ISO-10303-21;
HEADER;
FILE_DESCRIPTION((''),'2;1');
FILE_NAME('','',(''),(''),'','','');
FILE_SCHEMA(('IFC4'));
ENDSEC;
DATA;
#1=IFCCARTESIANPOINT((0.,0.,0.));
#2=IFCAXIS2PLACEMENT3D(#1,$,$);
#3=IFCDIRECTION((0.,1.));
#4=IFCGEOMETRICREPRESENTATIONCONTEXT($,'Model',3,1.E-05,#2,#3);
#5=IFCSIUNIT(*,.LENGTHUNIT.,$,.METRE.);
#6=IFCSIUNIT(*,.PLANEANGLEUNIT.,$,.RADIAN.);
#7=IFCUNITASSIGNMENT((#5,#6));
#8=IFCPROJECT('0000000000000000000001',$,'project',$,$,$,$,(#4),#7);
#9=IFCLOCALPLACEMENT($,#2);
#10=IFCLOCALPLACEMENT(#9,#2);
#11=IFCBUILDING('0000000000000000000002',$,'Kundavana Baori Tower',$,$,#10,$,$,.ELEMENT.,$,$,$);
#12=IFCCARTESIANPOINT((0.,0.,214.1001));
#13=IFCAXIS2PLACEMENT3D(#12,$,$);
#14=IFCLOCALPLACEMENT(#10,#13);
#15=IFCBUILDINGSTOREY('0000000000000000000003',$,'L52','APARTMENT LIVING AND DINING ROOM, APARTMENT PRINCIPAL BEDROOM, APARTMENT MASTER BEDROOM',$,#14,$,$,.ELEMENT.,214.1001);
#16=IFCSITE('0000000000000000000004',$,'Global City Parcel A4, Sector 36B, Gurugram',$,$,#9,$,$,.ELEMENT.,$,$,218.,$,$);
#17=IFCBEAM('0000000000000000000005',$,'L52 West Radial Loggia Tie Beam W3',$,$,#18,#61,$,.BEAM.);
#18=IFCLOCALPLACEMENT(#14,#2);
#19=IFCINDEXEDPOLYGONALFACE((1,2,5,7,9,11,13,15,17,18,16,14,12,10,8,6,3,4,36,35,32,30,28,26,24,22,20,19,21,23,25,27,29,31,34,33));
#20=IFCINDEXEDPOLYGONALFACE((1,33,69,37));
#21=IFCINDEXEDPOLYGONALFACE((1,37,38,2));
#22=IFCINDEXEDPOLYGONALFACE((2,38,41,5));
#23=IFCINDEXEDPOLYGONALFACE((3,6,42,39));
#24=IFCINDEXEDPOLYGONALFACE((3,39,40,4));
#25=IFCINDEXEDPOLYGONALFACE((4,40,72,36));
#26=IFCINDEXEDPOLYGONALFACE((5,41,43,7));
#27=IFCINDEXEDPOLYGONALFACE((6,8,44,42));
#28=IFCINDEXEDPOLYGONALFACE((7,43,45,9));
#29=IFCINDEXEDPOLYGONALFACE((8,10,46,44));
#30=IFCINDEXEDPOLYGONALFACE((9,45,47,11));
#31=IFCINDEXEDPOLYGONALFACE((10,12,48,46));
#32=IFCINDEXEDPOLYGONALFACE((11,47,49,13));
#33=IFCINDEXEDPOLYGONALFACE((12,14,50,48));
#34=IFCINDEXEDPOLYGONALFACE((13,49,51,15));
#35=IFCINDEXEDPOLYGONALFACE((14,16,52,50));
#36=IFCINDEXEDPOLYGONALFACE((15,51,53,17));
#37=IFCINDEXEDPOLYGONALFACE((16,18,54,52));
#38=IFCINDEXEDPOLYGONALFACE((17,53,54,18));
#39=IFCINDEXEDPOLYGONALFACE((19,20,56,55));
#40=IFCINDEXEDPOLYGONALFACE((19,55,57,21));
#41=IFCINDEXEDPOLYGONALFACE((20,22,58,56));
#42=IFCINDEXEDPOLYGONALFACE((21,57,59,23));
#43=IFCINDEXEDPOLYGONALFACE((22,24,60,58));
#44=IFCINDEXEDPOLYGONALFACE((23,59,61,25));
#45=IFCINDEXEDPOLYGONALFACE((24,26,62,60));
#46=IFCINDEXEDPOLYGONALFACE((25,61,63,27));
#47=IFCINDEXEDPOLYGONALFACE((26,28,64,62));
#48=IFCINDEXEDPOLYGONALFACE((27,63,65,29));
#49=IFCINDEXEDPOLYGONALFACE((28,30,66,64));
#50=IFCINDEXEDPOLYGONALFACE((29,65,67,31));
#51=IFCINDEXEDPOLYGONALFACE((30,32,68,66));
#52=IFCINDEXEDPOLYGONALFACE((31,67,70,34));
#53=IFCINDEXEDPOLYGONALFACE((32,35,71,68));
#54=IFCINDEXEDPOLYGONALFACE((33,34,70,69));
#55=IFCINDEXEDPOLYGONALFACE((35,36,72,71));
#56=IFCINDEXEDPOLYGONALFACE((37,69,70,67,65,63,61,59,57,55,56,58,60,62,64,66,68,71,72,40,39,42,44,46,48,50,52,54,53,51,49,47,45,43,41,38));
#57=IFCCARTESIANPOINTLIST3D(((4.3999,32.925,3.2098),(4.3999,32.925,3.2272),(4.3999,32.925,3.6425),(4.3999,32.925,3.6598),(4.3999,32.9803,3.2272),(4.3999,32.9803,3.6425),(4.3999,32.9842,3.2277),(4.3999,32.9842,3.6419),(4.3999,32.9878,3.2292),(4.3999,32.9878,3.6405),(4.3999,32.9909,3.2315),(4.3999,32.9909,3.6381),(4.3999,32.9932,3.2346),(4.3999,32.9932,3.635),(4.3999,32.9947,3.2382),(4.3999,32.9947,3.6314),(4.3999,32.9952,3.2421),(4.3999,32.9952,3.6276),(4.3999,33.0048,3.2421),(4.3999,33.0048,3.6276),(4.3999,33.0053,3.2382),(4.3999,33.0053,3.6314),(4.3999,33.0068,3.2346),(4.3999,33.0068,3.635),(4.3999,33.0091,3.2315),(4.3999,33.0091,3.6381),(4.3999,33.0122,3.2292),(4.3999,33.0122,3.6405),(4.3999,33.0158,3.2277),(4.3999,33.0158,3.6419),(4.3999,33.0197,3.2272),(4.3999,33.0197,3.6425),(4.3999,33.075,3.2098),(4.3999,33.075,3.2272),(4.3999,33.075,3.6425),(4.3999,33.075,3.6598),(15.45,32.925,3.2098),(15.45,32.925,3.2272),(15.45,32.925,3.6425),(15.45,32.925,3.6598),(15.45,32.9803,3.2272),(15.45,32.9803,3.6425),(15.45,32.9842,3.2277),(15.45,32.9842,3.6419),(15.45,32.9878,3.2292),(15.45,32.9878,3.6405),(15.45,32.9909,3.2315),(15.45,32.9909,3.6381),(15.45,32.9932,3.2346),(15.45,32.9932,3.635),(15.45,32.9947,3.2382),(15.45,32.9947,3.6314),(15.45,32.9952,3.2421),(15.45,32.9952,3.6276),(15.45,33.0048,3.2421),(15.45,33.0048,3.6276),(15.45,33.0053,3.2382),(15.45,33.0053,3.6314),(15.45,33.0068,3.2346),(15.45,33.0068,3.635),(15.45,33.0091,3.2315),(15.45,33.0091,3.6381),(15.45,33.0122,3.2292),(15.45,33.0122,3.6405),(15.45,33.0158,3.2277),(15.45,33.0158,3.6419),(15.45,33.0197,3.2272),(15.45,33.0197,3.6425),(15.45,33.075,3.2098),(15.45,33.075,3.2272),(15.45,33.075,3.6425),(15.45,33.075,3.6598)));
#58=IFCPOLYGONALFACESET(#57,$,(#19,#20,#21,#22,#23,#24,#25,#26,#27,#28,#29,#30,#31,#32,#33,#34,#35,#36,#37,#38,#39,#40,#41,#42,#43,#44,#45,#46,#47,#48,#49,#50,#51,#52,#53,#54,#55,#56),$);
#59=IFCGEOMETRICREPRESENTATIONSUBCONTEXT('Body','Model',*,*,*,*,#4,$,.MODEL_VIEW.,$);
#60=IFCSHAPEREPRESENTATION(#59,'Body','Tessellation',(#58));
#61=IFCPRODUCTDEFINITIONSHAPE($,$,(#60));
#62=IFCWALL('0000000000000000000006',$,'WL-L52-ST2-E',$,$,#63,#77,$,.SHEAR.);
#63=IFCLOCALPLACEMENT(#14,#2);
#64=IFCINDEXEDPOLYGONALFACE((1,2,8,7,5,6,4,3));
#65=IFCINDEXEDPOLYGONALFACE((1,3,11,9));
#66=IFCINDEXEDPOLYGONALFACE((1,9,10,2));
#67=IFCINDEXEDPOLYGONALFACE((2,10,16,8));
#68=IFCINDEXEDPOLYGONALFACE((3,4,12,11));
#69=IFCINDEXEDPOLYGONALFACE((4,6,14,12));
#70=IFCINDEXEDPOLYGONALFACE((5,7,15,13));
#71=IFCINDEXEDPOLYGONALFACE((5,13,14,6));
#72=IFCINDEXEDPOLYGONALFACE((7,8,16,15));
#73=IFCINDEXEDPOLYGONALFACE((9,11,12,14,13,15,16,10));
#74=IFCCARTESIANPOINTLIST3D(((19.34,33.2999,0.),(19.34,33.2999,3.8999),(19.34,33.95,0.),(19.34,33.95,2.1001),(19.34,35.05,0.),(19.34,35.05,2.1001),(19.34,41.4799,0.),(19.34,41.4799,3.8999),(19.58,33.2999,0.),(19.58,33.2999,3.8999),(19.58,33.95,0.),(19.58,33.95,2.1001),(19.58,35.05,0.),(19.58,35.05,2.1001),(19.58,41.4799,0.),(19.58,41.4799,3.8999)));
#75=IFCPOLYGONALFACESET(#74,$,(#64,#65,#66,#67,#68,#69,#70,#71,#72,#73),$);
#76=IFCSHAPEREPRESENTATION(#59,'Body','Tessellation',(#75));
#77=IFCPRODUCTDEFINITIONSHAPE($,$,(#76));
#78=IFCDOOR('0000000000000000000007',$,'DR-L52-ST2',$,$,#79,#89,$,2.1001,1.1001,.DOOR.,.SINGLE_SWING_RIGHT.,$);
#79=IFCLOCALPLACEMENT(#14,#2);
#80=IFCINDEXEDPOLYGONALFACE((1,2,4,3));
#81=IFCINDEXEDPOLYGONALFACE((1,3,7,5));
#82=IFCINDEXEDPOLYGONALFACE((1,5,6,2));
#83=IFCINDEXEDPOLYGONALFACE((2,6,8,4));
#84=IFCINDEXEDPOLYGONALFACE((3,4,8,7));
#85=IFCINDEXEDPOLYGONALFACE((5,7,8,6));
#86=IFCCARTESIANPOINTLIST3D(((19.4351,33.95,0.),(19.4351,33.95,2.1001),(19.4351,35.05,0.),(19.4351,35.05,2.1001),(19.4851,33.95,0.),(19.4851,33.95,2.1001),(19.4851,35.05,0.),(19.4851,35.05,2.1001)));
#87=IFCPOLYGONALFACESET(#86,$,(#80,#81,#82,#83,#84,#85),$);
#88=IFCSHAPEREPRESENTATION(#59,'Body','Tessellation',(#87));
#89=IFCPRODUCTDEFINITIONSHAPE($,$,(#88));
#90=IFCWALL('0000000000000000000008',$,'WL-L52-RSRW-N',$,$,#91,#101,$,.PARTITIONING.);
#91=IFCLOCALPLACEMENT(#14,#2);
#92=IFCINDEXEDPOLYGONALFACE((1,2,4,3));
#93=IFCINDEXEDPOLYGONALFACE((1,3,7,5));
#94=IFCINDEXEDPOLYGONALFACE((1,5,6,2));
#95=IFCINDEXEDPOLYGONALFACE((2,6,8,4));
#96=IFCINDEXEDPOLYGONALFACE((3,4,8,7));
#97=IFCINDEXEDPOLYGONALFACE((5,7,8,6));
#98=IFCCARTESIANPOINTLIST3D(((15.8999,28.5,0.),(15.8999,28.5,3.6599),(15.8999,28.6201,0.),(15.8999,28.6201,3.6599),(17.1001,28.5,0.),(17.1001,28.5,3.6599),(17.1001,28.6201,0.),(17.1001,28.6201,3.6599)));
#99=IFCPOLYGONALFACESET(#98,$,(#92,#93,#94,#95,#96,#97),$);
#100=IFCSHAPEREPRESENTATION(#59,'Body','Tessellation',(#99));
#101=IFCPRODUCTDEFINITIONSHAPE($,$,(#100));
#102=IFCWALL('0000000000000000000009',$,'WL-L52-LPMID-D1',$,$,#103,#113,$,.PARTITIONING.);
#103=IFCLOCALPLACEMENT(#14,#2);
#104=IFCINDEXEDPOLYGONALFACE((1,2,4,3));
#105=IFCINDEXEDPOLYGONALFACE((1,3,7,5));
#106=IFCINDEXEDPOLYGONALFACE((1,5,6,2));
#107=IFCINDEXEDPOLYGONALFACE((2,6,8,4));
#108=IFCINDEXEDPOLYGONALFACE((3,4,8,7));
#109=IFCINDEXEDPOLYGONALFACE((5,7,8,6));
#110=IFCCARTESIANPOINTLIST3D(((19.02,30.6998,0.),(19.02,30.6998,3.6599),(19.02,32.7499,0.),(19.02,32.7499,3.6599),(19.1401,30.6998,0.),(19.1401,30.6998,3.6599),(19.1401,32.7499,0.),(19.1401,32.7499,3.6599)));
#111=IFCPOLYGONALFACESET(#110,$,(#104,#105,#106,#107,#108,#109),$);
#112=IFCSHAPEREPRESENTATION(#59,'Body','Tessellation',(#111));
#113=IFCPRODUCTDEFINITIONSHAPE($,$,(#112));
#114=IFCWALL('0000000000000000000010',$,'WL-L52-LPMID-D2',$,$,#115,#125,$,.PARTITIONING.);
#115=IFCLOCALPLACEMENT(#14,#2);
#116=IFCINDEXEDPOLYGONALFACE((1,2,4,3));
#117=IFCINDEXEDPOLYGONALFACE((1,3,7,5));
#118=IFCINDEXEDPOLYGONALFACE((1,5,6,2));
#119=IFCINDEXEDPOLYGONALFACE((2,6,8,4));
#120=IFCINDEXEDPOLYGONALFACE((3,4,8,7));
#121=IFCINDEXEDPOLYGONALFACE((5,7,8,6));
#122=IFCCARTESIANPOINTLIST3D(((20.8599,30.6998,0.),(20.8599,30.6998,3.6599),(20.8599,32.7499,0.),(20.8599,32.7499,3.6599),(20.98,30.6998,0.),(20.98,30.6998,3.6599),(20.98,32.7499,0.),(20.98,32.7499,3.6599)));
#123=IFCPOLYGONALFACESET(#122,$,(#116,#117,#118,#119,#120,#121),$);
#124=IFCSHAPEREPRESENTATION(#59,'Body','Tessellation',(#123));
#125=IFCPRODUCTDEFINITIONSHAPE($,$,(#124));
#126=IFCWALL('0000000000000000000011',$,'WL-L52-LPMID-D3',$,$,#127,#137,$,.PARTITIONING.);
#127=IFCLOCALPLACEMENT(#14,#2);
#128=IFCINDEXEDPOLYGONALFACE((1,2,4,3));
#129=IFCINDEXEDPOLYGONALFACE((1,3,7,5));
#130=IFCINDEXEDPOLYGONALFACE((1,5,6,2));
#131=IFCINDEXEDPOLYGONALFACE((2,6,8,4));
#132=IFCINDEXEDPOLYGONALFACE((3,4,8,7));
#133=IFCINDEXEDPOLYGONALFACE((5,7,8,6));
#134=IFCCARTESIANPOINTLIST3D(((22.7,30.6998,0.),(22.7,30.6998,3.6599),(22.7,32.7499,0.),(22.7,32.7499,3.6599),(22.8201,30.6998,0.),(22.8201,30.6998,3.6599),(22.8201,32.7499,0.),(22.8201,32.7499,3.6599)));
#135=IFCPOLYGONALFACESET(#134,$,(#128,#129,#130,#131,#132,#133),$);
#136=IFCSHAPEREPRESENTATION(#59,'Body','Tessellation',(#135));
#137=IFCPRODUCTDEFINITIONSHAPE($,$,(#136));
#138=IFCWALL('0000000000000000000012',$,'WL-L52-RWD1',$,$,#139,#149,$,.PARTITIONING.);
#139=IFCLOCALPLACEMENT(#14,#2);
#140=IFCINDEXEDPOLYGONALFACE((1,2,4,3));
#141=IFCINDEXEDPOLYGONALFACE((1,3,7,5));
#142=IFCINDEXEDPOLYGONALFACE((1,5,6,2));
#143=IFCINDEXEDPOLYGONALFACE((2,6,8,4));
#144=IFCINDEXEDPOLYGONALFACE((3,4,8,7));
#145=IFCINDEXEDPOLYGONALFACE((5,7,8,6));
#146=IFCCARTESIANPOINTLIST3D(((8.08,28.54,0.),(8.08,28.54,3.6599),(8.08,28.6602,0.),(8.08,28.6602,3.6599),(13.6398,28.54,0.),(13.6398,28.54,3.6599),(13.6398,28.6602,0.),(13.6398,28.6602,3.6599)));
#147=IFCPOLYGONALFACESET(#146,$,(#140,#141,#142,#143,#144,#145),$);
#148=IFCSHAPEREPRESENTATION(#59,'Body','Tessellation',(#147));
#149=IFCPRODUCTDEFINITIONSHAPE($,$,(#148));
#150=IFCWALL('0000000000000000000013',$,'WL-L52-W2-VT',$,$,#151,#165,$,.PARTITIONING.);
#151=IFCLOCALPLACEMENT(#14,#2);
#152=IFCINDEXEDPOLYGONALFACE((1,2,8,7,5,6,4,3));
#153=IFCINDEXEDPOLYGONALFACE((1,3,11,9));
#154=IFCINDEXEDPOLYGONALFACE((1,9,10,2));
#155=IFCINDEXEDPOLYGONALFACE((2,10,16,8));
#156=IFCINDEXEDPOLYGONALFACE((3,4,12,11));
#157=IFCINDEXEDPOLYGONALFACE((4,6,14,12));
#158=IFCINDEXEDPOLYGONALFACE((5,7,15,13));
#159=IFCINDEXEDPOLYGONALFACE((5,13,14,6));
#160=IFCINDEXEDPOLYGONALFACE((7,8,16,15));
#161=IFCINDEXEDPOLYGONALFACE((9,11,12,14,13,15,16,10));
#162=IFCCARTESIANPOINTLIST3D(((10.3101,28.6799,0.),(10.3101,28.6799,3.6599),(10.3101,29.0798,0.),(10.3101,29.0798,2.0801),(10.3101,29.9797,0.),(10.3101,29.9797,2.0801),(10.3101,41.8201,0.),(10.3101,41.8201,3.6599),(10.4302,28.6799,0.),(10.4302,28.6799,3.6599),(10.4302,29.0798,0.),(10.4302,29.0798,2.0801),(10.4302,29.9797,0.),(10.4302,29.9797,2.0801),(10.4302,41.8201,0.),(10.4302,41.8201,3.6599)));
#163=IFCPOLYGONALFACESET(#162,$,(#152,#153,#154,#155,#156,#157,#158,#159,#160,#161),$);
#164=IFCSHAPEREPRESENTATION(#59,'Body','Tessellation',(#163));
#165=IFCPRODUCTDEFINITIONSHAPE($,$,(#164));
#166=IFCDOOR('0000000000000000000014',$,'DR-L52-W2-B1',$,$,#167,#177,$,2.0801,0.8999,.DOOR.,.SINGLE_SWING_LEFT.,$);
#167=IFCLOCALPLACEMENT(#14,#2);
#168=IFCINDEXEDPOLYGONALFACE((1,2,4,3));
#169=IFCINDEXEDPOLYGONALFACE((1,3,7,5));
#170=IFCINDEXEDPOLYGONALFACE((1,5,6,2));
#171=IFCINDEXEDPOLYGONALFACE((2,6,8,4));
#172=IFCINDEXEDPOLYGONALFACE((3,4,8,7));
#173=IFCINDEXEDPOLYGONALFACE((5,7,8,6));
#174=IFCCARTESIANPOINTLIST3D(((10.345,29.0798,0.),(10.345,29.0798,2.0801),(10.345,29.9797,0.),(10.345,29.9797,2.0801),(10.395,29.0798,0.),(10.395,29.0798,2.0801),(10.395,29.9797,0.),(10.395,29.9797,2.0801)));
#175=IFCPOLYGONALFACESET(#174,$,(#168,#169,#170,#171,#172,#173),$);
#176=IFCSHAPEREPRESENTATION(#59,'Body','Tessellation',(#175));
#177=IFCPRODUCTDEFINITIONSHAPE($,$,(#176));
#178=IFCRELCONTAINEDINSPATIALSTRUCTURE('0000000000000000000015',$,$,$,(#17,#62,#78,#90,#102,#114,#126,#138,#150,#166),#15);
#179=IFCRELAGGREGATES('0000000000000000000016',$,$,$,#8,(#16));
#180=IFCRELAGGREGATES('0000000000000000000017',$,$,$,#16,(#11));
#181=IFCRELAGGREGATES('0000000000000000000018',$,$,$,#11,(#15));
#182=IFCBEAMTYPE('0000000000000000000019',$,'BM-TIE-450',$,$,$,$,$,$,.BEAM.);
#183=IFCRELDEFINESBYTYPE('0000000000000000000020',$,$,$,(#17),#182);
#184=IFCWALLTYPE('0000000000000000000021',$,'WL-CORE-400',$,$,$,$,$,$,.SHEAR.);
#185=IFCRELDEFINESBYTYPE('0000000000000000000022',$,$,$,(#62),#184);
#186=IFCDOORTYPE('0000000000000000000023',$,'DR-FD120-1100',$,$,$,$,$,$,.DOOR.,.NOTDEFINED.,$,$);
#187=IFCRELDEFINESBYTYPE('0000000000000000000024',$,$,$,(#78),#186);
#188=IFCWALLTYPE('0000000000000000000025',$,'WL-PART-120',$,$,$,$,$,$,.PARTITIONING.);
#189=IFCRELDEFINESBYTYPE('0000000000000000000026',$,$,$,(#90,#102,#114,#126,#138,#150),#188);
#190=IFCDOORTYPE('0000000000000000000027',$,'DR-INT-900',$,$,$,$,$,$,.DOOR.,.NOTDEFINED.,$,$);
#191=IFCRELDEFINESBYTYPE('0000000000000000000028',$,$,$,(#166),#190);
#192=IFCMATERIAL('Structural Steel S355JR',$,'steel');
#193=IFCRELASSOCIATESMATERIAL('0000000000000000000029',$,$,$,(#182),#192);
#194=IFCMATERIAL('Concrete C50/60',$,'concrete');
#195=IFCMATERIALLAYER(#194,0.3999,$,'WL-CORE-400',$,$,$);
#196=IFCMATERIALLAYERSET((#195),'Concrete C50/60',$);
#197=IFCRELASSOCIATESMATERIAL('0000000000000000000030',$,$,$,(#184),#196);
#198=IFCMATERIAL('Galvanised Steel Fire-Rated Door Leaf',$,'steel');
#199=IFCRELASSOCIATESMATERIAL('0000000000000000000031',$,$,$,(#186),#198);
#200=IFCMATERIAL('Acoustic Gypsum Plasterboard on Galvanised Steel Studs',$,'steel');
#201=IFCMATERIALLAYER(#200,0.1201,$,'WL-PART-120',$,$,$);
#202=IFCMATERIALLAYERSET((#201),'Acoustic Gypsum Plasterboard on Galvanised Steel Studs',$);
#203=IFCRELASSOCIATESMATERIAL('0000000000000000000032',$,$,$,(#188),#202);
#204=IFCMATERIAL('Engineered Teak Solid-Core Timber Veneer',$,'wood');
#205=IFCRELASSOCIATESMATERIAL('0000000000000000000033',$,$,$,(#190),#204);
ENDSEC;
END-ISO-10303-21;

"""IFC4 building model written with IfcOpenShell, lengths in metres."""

from ifc_helpers import new_model, si_unit, direction, frame, frame_2d, origin, origin_2d, place, context, subcontext, project, spatial, rectangle, i_section, extrude, material, layer, layer_set, material_profile, profile_set, type_object, element, fill, save


model = new_model("IFC4")

# Units and contexts
model_context = context("Model", 3, precision=1e-05, world=origin(), true_north=direction((0.0, 1.0)))
body_context = subcontext(model_context, "Body", "Model", "MODEL_VIEW")
ifc_project = project(units=[si_unit("LENGTHUNIT", "METRE"), si_unit("PLANEANGLEUNIT", "RADIAN")], contexts=[model_context])

# Site, building, storey
site_placement = place(None, origin())
site = spatial("IfcSite", under=ifc_project, at=site_placement, Name="Global City Parcel A4, Sector 36B, Gurugram", CompositionType="ELEMENT", RefElevation=218.0)
building_placement = place(site_placement, origin())
building = spatial("IfcBuilding", under=site, at=building_placement, Name="Kundavana Baori Tower", CompositionType="ELEMENT")
storey_placement = place(building_placement, frame((0.0, 0.0, 214.1001)))
storey = spatial("IfcBuildingStorey", under=building, at=storey_placement, Name="L52", Description="APARTMENT LIVING AND DINING ROOM, APARTMENT PRINCIPAL BEDROOM, APARTMENT MASTER BEDROOM", CompositionType="ELEMENT", Elevation=214.1001)

# Beam
ifc_material_1 = material(Name="Structural Steel S355JR", Category="steel")
ifc_material_profile_1 = material_profile(ifc_material_1, i_section(OverallWidth=0.1499, OverallDepth=0.45, WebThickness=0.0095, FlangeThickness=0.0173, FilletRadius=0.0149, at=origin_2d()), Name="ISMB 450")
ifc_profile_set_1 = profile_set([ifc_material_profile_1], Name="Structural Steel S355JR")
beam_type_1 = type_object("IfcBeamType", Name="BM-TIE-450", PredefinedType="BEAM", material=ifc_profile_set_1)
beam_1_placement = place(storey_placement, frame((15.45, 33.0, 3.4348), z_axis=(-1.0, 0.0, 0.0), x_axis=(0.0, -1.0, 0.0)))
element("IfcBeam", 1, at=beam_1_placement, inside=storey, type_object=beam_type_1, Name="L52 West Radial Loggia Tie Beam W3", PredefinedType="BEAM", context=body_context, shape_type="SweptSolid", body=[
    extrude(i_section(OverallWidth=0.1499, OverallDepth=0.45, WebThickness=0.0095, FlangeThickness=0.0173, FilletRadius=0.0149, at=origin_2d()), origin(), (0.0, 0.0, 1.0), 11.05),
])

# Wall, opening, door
ifc_material_2 = material(Name="Concrete C50/60", Category="concrete")
ifc_layer_1 = layer(ifc_material_2, 0.3999, Name="WL-CORE-400")
ifc_layer_set_1 = layer_set([ifc_layer_1], Name="Concrete C50/60")
wall_type_1 = type_object("IfcWallType", Name="WL-CORE-400", PredefinedType="SHEAR", material=ifc_layer_set_1)
wall_1_placement = place(storey_placement, frame((19.46, 33.3, 0.0), z_axis=(0.0, 0.0, 1.0), x_axis=(0.0, 1.0, 0.0)))
wall_1 = element("IfcWall", 2, at=wall_1_placement, inside=storey, type_object=wall_type_1, Name="WL-L52-ST2-E", PredefinedType="SHEAR", context=body_context, shape_type="SweptSolid", body=[
    extrude(rectangle(XDim=8.1799, YDim=0.24, at=frame_2d((4.0898, 0.0))), origin(), (0.0, 0.0, 1.0), 3.8999),
])
opening_1_placement = place(wall_1_placement, frame((0.6499, 0.0, 0.0)))
opening_1 = element("IfcOpeningElement", 3, at=opening_1_placement, cuts=wall_1, PredefinedType="OPENING", context=body_context, shape_type="SweptSolid", body=[
    extrude(rectangle(XDim=1.1001, YDim=2.1001, at=frame_2d((0.55, 1.05))), frame((0.0, 0.1299, 0.0), z_axis=(0.0, -1.0, 0.0), x_axis=(1.0, 0.0, 0.0)), (0.0, 0.0, 1.0), 0.26),
])
ifc_material_3 = material(Name="Galvanised Steel Fire-Rated Door Leaf", Category="steel")
door_type_1 = type_object("IfcDoorType", Name="DR-FD120-1100", OperationType="NOTDEFINED", PredefinedType="DOOR", material=ifc_material_3)
door_1_placement = place(opening_1_placement, origin())
door_1 = element("IfcDoor", 4, at=door_1_placement, inside=storey, type_object=door_type_1, Name="DR-L52-ST2", OperationType="SINGLE_SWING_RIGHT", OverallHeight=2.1001, OverallWidth=1.1001, PredefinedType="DOOR", context=body_context, shape_type="SweptSolid", body=[
    extrude(rectangle(XDim=1.1001, YDim=2.1001, at=frame_2d((0.55, 1.05))), frame((0.0, 0.0249, 0.0), z_axis=(0.0, -1.0, 0.0), x_axis=(1.0, 0.0, 0.0)), (0.0, 0.0, 1.0), 0.05),
])
fill(opening_1, door_1)

# Walls
ifc_material_4 = material(Name="Acoustic Gypsum Plasterboard on Galvanised Steel Studs", Category="steel")
ifc_layer_2 = layer(ifc_material_4, 0.1201, Name="WL-PART-120")
ifc_layer_set_2 = layer_set([ifc_layer_2], Name="Acoustic Gypsum Plasterboard on Galvanised Steel Studs")
wall_type_2 = type_object("IfcWallType", Name="WL-PART-120", PredefinedType="PARTITIONING", material=ifc_layer_set_2)
wall_2_placement = place(storey_placement, frame((15.8999, 28.5601, 0.0), z_axis=(0.0, 0.0, 1.0), x_axis=(1.0, 0.0, 0.0)))
element("IfcWall", 5, at=wall_2_placement, inside=storey, type_object=wall_type_2, Name="WL-L52-RSRW-N", PredefinedType="PARTITIONING", context=body_context, shape_type="SweptSolid", body=[
    extrude(rectangle(XDim=1.2002, YDim=0.1201, at=frame_2d((0.6001, 0.0))), origin(), (0.0, 0.0, 1.0), 3.6599),
])
for number, where, z_axis, x_axis, name in (
    (6, (19.0801, 30.7, 0.0), (0.0, 0.0, 1.0), (0.0, 1.0, 0.0), "WL-L52-LPMID-D1"),
    (7, (20.9199, 30.7, 0.0), (0.0, 0.0, 1.0), (0.0, 1.0, 0.0), "WL-L52-LPMID-D2"),
    (8, (22.76, 30.7, 0.0), (0.0, 0.0, 1.0), (0.0, 1.0, 0.0), "WL-L52-LPMID-D3"),
):
    element("IfcWall", number, at=place(storey_placement, frame(where, z_axis=z_axis, x_axis=x_axis)), inside=storey, type_object=wall_type_2, Name=name, PredefinedType="PARTITIONING", context=body_context, shape_type="SweptSolid", body=[
        extrude(rectangle(XDim=2.05, YDim=0.1201, at=frame_2d((1.0249, 0.0))), origin(), (0.0, 0.0, 1.0), 3.6599),
    ])
wall_3_placement = place(storey_placement, frame((8.0801, 28.6001, 0.0), z_axis=(0.0, 0.0, 1.0), x_axis=(1.0, 0.0, 0.0)))
element("IfcWall", 9, at=wall_3_placement, inside=storey, type_object=wall_type_2, Name="WL-L52-RWD1", PredefinedType="PARTITIONING", context=body_context, shape_type="SweptSolid", body=[
    extrude(rectangle(XDim=5.5598, YDim=0.1201, at=frame_2d((2.7798, 0.0))), origin(), (0.0, 0.0, 1.0), 3.6599),
])

# Wall, opening, door
wall_4_placement = place(storey_placement, frame((10.3701, 28.6799, 0.0), z_axis=(0.0, 0.0, 1.0), x_axis=(0.0, 1.0, 0.0)))
wall_4 = element("IfcWall", 10, at=wall_4_placement, inside=storey, type_object=wall_type_2, Name="WL-L52-W2-VT", PredefinedType="PARTITIONING", context=body_context, shape_type="SweptSolid", body=[
    extrude(rectangle(XDim=13.1401, YDim=0.1201, at=frame_2d((6.5701, 0.0))), origin(), (0.0, 0.0, 1.0), 3.6599),
])
opening_2_placement = place(wall_4_placement, frame((0.3999, 0.0, 0.0)))
opening_2 = element("IfcOpeningElement", 11, at=opening_2_placement, cuts=wall_4, PredefinedType="OPENING", context=body_context, shape_type="SweptSolid", body=[
    extrude(rectangle(XDim=0.8999, YDim=2.0801, at=frame_2d((0.45, 1.04))), frame((0.0, 0.0701, 0.0), z_axis=(0.0, -1.0, 0.0), x_axis=(1.0, 0.0, 0.0)), (0.0, 0.0, 1.0), 0.1401),
])
ifc_material_5 = material(Name="Engineered Teak Solid-Core Timber Veneer", Category="wood")
door_type_2 = type_object("IfcDoorType", Name="DR-INT-900", OperationType="NOTDEFINED", PredefinedType="DOOR", material=ifc_material_5)
door_2_placement = place(opening_2_placement, frame((0.8999, 0.0, 0.0), z_axis=(0.0, 0.0, 1.0), x_axis=(-1.0, 0.0, 0.0)))
door_2 = element("IfcDoor", 12, at=door_2_placement, inside=storey, type_object=door_type_2, Name="DR-L52-W2-B1", OperationType="SINGLE_SWING_LEFT", OverallHeight=2.0801, OverallWidth=0.8999, PredefinedType="DOOR", context=body_context, shape_type="SweptSolid", body=[
    extrude(rectangle(XDim=0.8999, YDim=2.0801, at=frame_2d((0.45, 1.04))), frame((0.0, 0.0249, 0.0), z_axis=(0.0, -1.0, 0.0), x_axis=(1.0, 0.0, 0.0)), (0.0, 0.0, 1.0), 0.05),
])
fill(opening_2, door_2)

save(model, "model.ifc")
